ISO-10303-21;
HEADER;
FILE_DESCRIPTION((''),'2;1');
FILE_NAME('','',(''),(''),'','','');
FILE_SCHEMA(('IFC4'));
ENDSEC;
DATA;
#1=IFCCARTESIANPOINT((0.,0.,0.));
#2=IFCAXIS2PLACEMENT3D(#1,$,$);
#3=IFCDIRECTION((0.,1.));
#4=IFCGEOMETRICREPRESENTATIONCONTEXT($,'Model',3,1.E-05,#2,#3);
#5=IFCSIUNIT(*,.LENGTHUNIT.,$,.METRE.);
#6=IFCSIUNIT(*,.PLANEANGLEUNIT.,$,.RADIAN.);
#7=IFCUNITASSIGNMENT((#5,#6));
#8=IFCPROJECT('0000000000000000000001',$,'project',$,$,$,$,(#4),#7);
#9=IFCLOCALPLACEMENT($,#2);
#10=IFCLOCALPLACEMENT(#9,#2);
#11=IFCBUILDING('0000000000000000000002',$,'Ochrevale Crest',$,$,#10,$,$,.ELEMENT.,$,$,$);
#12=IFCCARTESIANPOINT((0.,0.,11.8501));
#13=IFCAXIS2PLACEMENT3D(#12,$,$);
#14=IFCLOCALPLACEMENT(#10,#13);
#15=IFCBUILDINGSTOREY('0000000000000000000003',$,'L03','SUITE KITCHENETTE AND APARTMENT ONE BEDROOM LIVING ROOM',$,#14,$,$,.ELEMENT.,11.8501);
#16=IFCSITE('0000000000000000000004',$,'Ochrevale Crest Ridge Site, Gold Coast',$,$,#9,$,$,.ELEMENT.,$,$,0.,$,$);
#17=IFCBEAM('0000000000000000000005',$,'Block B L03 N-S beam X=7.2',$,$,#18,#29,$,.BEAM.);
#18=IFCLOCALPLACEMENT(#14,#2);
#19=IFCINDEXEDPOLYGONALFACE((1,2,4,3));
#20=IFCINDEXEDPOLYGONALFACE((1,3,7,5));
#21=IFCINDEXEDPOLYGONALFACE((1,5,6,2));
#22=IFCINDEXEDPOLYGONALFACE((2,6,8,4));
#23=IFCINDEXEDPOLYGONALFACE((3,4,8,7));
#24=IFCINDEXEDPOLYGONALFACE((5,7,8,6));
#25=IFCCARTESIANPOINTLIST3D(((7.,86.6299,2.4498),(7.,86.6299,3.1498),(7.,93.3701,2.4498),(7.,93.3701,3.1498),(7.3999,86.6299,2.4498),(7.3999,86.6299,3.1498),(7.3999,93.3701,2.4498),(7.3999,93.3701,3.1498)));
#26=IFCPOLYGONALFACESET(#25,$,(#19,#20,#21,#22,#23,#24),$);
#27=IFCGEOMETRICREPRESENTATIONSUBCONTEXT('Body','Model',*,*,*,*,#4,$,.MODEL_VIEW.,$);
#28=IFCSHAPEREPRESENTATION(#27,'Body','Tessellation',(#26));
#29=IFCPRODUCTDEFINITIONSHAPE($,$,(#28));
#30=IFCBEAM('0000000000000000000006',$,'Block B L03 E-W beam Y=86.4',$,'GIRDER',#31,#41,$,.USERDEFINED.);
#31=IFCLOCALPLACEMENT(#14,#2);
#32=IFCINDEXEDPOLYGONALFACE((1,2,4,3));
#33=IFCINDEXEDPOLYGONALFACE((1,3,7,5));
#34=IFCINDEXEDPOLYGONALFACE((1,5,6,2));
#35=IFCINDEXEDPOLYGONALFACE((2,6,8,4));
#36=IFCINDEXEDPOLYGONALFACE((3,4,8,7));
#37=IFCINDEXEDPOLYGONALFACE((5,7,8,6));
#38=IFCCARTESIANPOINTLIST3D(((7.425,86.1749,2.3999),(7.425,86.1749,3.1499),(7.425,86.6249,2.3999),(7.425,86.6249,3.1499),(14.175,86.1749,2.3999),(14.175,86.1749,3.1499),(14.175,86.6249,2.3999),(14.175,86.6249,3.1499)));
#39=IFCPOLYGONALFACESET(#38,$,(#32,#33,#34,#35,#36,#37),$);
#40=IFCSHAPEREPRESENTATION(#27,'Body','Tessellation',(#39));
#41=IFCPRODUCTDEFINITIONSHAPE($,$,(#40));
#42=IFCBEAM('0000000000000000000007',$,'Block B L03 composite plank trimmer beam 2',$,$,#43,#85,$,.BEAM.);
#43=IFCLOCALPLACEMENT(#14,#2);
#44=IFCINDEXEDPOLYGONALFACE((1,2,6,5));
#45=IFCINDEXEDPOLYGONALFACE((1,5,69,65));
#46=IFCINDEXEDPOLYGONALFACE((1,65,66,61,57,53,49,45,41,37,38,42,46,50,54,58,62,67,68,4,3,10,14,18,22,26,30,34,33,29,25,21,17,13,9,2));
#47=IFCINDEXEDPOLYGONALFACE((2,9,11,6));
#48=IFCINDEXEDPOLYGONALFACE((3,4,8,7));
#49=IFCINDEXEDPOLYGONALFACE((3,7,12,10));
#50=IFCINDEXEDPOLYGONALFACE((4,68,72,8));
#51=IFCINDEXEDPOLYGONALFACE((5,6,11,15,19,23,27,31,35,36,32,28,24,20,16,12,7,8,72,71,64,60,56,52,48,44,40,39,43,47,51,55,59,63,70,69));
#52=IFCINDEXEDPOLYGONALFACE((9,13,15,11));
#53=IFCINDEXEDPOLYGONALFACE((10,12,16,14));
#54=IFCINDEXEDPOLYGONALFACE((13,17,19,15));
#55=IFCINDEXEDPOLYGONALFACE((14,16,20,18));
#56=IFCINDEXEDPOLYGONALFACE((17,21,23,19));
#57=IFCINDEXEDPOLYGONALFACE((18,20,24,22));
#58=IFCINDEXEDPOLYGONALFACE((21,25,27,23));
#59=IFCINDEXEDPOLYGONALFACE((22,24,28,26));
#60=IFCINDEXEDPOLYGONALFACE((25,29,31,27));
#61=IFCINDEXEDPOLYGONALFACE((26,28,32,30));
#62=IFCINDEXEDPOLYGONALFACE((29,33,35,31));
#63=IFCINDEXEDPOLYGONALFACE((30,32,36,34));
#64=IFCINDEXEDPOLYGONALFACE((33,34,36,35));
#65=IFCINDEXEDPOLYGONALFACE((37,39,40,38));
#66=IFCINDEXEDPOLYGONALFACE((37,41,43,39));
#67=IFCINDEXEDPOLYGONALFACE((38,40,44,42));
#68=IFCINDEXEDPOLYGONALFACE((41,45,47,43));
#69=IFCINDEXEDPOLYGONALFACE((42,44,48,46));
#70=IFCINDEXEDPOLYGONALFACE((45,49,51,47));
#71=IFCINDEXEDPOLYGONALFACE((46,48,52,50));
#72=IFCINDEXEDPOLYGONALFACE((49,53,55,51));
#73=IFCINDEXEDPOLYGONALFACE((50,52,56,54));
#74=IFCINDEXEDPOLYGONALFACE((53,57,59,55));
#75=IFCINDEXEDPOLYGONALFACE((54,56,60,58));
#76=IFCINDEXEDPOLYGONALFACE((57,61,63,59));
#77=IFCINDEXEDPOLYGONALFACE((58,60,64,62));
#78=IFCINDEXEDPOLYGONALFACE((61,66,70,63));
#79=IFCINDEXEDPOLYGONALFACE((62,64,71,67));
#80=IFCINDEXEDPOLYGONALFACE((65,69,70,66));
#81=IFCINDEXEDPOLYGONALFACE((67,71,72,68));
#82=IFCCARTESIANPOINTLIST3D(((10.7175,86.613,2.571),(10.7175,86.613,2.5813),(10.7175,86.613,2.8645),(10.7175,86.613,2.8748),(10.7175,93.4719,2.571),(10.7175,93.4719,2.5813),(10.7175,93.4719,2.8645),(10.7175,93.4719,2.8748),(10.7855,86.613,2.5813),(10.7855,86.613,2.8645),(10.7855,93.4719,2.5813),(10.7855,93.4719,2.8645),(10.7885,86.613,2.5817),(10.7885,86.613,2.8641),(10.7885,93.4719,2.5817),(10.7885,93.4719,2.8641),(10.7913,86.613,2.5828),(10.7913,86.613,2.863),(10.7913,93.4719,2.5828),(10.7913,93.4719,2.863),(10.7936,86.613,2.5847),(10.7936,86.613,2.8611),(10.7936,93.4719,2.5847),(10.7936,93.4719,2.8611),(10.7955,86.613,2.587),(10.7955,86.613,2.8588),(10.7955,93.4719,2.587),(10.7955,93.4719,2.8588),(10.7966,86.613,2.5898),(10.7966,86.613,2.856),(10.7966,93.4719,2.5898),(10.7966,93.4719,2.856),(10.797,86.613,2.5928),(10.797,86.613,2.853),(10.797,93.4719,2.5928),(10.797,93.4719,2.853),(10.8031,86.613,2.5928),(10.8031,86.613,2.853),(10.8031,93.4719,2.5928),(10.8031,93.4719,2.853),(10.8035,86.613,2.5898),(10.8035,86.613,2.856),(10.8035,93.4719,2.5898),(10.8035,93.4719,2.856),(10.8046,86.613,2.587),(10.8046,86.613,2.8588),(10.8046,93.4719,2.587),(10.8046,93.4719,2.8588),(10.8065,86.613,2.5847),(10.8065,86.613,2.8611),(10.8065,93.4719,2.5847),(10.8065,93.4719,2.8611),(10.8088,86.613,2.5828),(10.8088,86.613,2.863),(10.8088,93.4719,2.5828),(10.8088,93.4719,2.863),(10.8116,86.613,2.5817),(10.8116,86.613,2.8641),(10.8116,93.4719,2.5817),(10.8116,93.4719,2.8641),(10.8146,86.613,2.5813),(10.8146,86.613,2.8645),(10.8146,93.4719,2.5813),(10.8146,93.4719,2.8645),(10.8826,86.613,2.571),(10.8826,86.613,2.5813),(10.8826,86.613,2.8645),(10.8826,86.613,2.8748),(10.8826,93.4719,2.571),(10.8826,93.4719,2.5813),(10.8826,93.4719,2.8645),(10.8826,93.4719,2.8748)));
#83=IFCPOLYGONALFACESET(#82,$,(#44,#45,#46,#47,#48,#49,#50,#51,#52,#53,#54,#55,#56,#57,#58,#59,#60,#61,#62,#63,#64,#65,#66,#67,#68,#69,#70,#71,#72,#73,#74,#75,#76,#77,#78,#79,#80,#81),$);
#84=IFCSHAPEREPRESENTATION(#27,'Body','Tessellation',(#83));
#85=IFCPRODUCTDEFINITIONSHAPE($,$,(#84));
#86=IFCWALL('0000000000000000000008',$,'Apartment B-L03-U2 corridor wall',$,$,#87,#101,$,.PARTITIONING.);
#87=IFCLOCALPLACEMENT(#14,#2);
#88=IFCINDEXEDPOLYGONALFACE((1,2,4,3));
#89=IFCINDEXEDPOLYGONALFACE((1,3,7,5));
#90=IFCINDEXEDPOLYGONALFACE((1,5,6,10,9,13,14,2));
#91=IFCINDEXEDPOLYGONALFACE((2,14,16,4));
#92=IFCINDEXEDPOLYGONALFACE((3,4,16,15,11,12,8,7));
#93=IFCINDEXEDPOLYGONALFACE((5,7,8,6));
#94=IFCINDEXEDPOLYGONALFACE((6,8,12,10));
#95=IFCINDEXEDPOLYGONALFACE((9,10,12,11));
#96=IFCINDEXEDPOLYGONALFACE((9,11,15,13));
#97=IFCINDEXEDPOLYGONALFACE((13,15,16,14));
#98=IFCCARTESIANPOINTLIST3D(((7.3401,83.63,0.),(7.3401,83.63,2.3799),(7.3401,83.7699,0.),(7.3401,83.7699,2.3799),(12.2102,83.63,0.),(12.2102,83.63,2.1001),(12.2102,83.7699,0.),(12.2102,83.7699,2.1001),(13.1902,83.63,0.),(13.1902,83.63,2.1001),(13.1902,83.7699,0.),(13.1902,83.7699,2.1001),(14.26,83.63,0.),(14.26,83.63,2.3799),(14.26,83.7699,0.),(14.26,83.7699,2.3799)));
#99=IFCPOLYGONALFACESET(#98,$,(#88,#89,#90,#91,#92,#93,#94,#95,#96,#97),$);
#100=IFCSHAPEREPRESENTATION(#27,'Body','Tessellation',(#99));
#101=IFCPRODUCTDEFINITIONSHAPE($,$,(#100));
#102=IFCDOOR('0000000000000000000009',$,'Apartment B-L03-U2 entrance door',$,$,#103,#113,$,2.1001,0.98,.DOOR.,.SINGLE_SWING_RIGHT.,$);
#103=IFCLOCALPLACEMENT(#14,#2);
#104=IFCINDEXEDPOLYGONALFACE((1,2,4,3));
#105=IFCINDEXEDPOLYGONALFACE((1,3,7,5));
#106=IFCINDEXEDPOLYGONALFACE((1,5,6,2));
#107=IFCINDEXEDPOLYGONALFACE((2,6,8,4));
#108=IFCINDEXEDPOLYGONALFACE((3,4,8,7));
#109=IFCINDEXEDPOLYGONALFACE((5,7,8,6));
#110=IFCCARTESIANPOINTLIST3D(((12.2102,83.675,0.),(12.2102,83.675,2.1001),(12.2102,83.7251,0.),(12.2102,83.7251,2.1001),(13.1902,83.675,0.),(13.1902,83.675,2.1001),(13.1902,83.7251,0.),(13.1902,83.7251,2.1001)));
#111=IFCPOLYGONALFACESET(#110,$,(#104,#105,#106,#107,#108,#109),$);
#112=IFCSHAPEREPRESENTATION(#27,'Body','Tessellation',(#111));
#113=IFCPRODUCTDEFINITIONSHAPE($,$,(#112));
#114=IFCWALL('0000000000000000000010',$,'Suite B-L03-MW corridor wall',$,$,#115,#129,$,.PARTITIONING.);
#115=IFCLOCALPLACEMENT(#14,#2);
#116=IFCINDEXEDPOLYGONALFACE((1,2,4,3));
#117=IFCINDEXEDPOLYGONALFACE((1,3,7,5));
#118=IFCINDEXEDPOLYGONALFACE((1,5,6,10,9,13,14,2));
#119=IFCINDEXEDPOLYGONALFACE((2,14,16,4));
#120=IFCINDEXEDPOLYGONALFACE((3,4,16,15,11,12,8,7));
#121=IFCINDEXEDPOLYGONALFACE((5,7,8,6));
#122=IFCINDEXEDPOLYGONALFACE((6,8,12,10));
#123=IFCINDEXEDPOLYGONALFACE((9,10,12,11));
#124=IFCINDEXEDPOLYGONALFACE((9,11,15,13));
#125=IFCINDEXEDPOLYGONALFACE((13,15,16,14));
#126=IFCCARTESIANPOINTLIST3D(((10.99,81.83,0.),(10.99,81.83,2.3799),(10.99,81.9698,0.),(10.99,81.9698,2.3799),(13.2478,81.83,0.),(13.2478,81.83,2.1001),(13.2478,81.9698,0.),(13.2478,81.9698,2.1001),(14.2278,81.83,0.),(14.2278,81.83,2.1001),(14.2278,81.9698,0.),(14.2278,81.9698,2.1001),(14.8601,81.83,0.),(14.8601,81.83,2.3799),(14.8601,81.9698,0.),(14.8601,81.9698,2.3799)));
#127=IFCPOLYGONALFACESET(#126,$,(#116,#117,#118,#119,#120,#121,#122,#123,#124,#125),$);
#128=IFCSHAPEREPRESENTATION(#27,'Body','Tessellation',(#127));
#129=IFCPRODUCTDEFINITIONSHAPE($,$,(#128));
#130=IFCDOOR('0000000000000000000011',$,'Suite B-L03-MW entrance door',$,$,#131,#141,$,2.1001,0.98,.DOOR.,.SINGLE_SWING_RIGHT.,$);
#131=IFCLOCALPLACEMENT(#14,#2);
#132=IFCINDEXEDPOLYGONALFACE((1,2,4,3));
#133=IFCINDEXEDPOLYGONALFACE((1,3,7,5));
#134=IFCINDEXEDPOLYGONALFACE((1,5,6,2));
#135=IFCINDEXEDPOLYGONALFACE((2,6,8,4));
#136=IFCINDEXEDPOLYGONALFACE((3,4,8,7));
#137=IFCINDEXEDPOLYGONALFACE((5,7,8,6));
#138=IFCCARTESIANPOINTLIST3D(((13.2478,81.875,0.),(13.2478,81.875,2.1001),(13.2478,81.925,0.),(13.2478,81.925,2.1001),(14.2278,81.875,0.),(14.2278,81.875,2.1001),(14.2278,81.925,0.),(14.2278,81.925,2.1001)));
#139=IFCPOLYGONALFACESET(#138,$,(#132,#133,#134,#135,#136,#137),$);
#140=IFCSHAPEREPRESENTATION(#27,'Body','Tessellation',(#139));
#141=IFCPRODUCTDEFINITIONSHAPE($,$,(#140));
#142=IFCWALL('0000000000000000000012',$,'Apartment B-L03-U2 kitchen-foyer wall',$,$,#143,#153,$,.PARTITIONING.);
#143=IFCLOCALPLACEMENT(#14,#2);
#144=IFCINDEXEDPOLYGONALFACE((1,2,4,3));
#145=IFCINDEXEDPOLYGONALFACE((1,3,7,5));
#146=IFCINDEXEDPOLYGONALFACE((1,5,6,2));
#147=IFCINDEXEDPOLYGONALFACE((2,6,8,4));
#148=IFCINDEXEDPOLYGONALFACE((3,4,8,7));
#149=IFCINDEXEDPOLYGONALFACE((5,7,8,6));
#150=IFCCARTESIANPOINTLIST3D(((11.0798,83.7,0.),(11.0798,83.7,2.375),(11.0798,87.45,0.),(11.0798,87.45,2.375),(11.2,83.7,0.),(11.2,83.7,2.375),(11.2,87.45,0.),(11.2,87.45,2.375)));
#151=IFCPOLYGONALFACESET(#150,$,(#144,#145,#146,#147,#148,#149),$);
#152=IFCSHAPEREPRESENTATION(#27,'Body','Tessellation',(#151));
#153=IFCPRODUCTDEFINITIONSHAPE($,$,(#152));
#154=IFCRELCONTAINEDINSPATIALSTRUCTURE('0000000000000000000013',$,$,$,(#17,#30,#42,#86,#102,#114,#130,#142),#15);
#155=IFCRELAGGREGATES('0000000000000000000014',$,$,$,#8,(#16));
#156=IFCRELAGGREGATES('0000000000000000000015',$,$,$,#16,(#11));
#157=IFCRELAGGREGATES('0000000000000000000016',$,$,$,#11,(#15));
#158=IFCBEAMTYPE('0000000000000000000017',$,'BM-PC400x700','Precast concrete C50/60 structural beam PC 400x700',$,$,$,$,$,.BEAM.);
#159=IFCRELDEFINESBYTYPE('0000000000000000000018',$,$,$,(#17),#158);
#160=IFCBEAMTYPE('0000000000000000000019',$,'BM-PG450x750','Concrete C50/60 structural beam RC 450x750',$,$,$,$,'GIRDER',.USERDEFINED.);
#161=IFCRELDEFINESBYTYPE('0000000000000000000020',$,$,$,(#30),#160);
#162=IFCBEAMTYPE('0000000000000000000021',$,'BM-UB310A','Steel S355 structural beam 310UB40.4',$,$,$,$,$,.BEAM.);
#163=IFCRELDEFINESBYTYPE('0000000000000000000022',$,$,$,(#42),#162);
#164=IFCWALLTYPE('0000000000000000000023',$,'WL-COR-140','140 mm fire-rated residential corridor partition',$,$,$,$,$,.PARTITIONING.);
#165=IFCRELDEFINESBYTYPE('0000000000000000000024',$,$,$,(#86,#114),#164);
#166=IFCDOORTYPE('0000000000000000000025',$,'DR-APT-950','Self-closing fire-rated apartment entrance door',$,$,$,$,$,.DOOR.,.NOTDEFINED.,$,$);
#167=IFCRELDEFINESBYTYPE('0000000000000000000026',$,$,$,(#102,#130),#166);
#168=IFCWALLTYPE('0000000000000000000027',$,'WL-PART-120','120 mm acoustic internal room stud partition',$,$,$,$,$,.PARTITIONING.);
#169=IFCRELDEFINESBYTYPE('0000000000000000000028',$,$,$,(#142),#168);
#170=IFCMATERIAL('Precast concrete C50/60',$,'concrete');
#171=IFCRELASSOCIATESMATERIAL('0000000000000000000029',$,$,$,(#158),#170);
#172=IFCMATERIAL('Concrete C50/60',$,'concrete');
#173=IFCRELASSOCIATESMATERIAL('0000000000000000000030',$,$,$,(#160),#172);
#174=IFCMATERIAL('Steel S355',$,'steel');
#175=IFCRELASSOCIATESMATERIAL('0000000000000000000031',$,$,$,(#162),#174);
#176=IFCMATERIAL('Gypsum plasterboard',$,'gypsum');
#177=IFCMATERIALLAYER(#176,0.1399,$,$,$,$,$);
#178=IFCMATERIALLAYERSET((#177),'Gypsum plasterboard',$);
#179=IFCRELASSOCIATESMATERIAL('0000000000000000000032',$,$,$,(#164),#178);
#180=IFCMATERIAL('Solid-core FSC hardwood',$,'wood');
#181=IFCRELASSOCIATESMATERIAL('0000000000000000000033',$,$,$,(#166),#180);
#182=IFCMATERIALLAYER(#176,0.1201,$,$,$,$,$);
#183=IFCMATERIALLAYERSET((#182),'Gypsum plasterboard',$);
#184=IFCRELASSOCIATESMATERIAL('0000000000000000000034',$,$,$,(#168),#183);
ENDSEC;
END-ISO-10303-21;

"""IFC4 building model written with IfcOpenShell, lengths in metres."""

from ifc_helpers import new_model, si_unit, direction, frame, frame_2d, origin, origin_2d, place, context, subcontext, project, spatial, rectangle, i_section, extrude, material, layer, layer_set, material_profile, profile_set, type_object, element, fill, save


model = new_model("IFC4")

# Units and contexts
model_context = context("Model", 3, precision=1e-05, world=origin(), true_north=direction((0.0, 1.0)))
body_context = subcontext(model_context, "Body", "Model", "MODEL_VIEW")
ifc_project = project(units=[si_unit("LENGTHUNIT", "METRE"), si_unit("PLANEANGLEUNIT", "RADIAN")], contexts=[model_context])

# Site, building, storey
site_placement = place(None, origin())
site = spatial("IfcSite", under=ifc_project, at=site_placement, Name="Ochrevale Crest Ridge Site, Gold Coast", CompositionType="ELEMENT", RefElevation=0.0)
building_placement = place(site_placement, origin())
building = spatial("IfcBuilding", under=site, at=building_placement, Name="Ochrevale Crest", CompositionType="ELEMENT")
storey_placement = place(building_placement, frame((0.0, 0.0, 11.8501)))
storey = spatial("IfcBuildingStorey", under=building, at=storey_placement, Name="L03", Description="SUITE KITCHENETTE AND APARTMENT ONE BEDROOM LIVING ROOM", CompositionType="ELEMENT", Elevation=11.8501)

# Beams
ifc_material_1 = material(Name="Precast concrete C50/60", Category="concrete")
ifc_material_profile_1 = material_profile(ifc_material_1, rectangle(XDim=0.3999, YDim=0.7, at=origin_2d()), Name="PC 400x700")
ifc_profile_set_1 = profile_set([ifc_material_profile_1], Name="Precast concrete C50/60")
beam_type_1 = type_object("IfcBeamType", Name="BM-PC400x700", Description="Precast concrete C50/60 structural beam PC 400x700", PredefinedType="BEAM", material=ifc_profile_set_1)
beam_1_placement = place(storey_placement, frame((7.2, 86.6299, 2.7998), z_axis=(0.0, 1.0, 0.0), x_axis=(-1.0, 0.0, 0.0)))
element("IfcBeam", 1, at=beam_1_placement, inside=storey, type_object=beam_type_1, Name="Block B L03 N-S beam X=7.2", PredefinedType="BEAM", context=body_context, shape_type="SweptSolid", body=[
    extrude(rectangle(XDim=0.3999, YDim=0.7, at=origin_2d()), origin(), (0.0, 0.0, 1.0), 6.7402),
])
ifc_material_2 = material(Name="Concrete C50/60", Category="concrete")
ifc_material_profile_2 = material_profile(ifc_material_2, rectangle(XDim=0.45, YDim=0.75, at=origin_2d()), Name="RC 450x750")
ifc_profile_set_2 = profile_set([ifc_material_profile_2], Name="Concrete C50/60")
beam_type_2 = type_object("IfcBeamType", Name="BM-PG450x750", Description="Concrete C50/60 structural beam RC 450x750", ElementType="GIRDER", PredefinedType="USERDEFINED", material=ifc_profile_set_2)
beam_2_placement = place(storey_placement, frame((7.425, 86.3999, 2.7749), z_axis=(1.0, 0.0, 0.0), x_axis=(0.0, 1.0, 0.0)))
element("IfcBeam", 2, at=beam_2_placement, inside=storey, type_object=beam_type_2, Name="Block B L03 E-W beam Y=86.4", ObjectType="GIRDER", PredefinedType="USERDEFINED", context=body_context, shape_type="SweptSolid", body=[
    extrude(rectangle(XDim=0.45, YDim=0.75, at=origin_2d()), origin(), (0.0, 0.0, 1.0), 6.75),
])
ifc_material_3 = material(Name="Steel S355", Category="steel")
ifc_material_profile_3 = material_profile(ifc_material_3, i_section(OverallWidth=0.165, OverallDepth=0.3037, WebThickness=0.0061, FlangeThickness=0.0103, FilletRadius=0.0115, at=origin_2d()), Name="310UB40.4")
ifc_profile_set_3 = profile_set([ifc_material_profile_3], Name="Steel S355")
beam_type_3 = type_object("IfcBeamType", Name="BM-UB310A", Description="Steel S355 structural beam 310UB40.4", PredefinedType="BEAM", material=ifc_profile_set_3)
beam_3_placement = place(storey_placement, frame((10.8, 86.613, 2.7229), z_axis=(0.0, 1.0, 0.0), x_axis=(-1.0, 0.0, 0.0)))
element("IfcBeam", 3, at=beam_3_placement, inside=storey, type_object=beam_type_3, Name="Block B L03 composite plank trimmer beam 2", PredefinedType="BEAM", context=body_context, shape_type="SweptSolid", body=[
    extrude(i_section(OverallWidth=0.165, OverallDepth=0.3037, WebThickness=0.0061, FlangeThickness=0.0103, FilletRadius=0.0115, at=origin_2d()), origin(), (0.0, 0.0, 1.0), 6.8589),
])

# Walls, openings, doors
ifc_material_4 = material(Name="Gypsum plasterboard", Category="gypsum")
ifc_layer_1 = layer(ifc_material_4, 0.1399)
ifc_layer_set_1 = layer_set([ifc_layer_1], Name="Gypsum plasterboard")
wall_type_1 = type_object("IfcWallType", Name="WL-COR-140", Description="140 mm fire-rated residential corridor partition", PredefinedType="PARTITIONING", material=ifc_layer_set_1)
wall_1_placement = place(storey_placement, frame((7.3401, 83.7, 0.0), z_axis=(0.0, 0.0, 1.0), x_axis=(1.0, 0.0, 0.0)))
wall_1 = element("IfcWall", 4, at=wall_1_placement, inside=storey, type_object=wall_type_1, Name="Apartment B-L03-U2 corridor wall", PredefinedType="PARTITIONING", context=body_context, shape_type="SweptSolid", body=[
    extrude(rectangle(XDim=6.9199, YDim=0.1399, at=frame_2d((3.46, 0.0))), origin(), (0.0, 0.0, 1.0), 2.3799),
])
opening_1_placement = place(wall_1_placement, frame((5.8501, 0.0, 0.0), z_axis=(0.0, 0.0, 1.0), x_axis=(-1.0, 0.0, 0.0)))
opening_1 = element("IfcOpeningElement", 5, at=opening_1_placement, cuts=wall_1, PredefinedType="OPENING", context=body_context, shape_type="SweptSolid", body=[
    extrude(rectangle(XDim=0.98, YDim=2.1001, at=frame_2d((0.49, 1.05))), frame((0.0, 0.0801, 0.0), z_axis=(0.0, -1.0, 0.0), x_axis=(1.0, 0.0, 0.0)), (0.0, 0.0, 1.0), 0.1599),
])
ifc_material_5 = material(Name="Solid-core FSC hardwood", Category="wood")
door_type_1 = type_object("IfcDoorType", Name="DR-APT-950", Description="Self-closing fire-rated apartment entrance door", OperationType="NOTDEFINED", PredefinedType="DOOR", material=ifc_material_5)
door_1_placement = place(opening_1_placement, origin())
door_1 = element("IfcDoor", 6, at=door_1_placement, inside=storey, type_object=door_type_1, Name="Apartment B-L03-U2 entrance door", OperationType="SINGLE_SWING_RIGHT", OverallHeight=2.1001, OverallWidth=0.98, PredefinedType="DOOR", context=body_context, shape_type="SweptSolid", body=[
    extrude(rectangle(XDim=0.98, YDim=2.1001, at=frame_2d((0.49, 1.05))), frame((0.0, 0.0249, 0.0), z_axis=(0.0, -1.0, 0.0), x_axis=(1.0, 0.0, 0.0)), (0.0, 0.0, 1.0), 0.05),
])
fill(opening_1, door_1)
wall_2_placement = place(storey_placement, frame((10.99, 81.8999, 0.0), z_axis=(0.0, 0.0, 1.0), x_axis=(1.0, 0.0, 0.0)))
wall_2 = element("IfcWall", 7, at=wall_2_placement, inside=storey, type_object=wall_type_1, Name="Suite B-L03-MW corridor wall", PredefinedType="PARTITIONING", context=body_context, shape_type="SweptSolid", body=[
    extrude(rectangle(XDim=3.8701, YDim=0.1399, at=frame_2d((1.9351, 0.0))), origin(), (0.0, 0.0, 1.0), 2.3799),
])
opening_2_placement = place(wall_2_placement, frame((3.2378, 0.0, 0.0), z_axis=(0.0, 0.0, 1.0), x_axis=(-1.0, 0.0, 0.0)))
opening_2 = element("IfcOpeningElement", 8, at=opening_2_placement, cuts=wall_2, PredefinedType="OPENING", context=body_context, shape_type="SweptSolid", body=[
    extrude(rectangle(XDim=0.98, YDim=2.1001, at=frame_2d((0.49, 1.05))), frame((0.0, 0.0801, 0.0), z_axis=(0.0, -1.0, 0.0), x_axis=(1.0, 0.0, 0.0)), (0.0, 0.0, 1.0), 0.1599),
])
door_2_placement = place(opening_2_placement, origin())
door_2 = element("IfcDoor", 9, at=door_2_placement, inside=storey, type_object=door_type_1, Name="Suite B-L03-MW entrance door", OperationType="SINGLE_SWING_RIGHT", OverallHeight=2.1001, OverallWidth=0.98, PredefinedType="DOOR", context=body_context, shape_type="SweptSolid", body=[
    extrude(rectangle(XDim=0.98, YDim=2.1001, at=frame_2d((0.49, 1.05))), frame((0.0, 0.0249, 0.0), z_axis=(0.0, -1.0, 0.0), x_axis=(1.0, 0.0, 0.0)), (0.0, 0.0, 1.0), 0.05),
])
fill(opening_2, door_2)

# Wall
ifc_layer_2 = layer(ifc_material_4, 0.1201)
ifc_layer_set_2 = layer_set([ifc_layer_2], Name="Gypsum plasterboard")
wall_type_2 = type_object("IfcWallType", Name="WL-PART-120", Description="120 mm acoustic internal room stud partition", PredefinedType="PARTITIONING", material=ifc_layer_set_2)
wall_3_placement = place(storey_placement, frame((11.1399, 83.7, 0.0), z_axis=(0.0, 0.0, 1.0), x_axis=(0.0, 1.0, 0.0)))
element("IfcWall", 10, at=wall_3_placement, inside=storey, type_object=wall_type_2, Name="Apartment B-L03-U2 kitchen-foyer wall", PredefinedType="PARTITIONING", context=body_context, shape_type="SweptSolid", body=[
    extrude(rectangle(XDim=3.75, YDim=0.1201, at=frame_2d((1.875, 0.0))), origin(), (0.0, 0.0, 1.0), 2.375),
])

save(model, "model.ifc")
